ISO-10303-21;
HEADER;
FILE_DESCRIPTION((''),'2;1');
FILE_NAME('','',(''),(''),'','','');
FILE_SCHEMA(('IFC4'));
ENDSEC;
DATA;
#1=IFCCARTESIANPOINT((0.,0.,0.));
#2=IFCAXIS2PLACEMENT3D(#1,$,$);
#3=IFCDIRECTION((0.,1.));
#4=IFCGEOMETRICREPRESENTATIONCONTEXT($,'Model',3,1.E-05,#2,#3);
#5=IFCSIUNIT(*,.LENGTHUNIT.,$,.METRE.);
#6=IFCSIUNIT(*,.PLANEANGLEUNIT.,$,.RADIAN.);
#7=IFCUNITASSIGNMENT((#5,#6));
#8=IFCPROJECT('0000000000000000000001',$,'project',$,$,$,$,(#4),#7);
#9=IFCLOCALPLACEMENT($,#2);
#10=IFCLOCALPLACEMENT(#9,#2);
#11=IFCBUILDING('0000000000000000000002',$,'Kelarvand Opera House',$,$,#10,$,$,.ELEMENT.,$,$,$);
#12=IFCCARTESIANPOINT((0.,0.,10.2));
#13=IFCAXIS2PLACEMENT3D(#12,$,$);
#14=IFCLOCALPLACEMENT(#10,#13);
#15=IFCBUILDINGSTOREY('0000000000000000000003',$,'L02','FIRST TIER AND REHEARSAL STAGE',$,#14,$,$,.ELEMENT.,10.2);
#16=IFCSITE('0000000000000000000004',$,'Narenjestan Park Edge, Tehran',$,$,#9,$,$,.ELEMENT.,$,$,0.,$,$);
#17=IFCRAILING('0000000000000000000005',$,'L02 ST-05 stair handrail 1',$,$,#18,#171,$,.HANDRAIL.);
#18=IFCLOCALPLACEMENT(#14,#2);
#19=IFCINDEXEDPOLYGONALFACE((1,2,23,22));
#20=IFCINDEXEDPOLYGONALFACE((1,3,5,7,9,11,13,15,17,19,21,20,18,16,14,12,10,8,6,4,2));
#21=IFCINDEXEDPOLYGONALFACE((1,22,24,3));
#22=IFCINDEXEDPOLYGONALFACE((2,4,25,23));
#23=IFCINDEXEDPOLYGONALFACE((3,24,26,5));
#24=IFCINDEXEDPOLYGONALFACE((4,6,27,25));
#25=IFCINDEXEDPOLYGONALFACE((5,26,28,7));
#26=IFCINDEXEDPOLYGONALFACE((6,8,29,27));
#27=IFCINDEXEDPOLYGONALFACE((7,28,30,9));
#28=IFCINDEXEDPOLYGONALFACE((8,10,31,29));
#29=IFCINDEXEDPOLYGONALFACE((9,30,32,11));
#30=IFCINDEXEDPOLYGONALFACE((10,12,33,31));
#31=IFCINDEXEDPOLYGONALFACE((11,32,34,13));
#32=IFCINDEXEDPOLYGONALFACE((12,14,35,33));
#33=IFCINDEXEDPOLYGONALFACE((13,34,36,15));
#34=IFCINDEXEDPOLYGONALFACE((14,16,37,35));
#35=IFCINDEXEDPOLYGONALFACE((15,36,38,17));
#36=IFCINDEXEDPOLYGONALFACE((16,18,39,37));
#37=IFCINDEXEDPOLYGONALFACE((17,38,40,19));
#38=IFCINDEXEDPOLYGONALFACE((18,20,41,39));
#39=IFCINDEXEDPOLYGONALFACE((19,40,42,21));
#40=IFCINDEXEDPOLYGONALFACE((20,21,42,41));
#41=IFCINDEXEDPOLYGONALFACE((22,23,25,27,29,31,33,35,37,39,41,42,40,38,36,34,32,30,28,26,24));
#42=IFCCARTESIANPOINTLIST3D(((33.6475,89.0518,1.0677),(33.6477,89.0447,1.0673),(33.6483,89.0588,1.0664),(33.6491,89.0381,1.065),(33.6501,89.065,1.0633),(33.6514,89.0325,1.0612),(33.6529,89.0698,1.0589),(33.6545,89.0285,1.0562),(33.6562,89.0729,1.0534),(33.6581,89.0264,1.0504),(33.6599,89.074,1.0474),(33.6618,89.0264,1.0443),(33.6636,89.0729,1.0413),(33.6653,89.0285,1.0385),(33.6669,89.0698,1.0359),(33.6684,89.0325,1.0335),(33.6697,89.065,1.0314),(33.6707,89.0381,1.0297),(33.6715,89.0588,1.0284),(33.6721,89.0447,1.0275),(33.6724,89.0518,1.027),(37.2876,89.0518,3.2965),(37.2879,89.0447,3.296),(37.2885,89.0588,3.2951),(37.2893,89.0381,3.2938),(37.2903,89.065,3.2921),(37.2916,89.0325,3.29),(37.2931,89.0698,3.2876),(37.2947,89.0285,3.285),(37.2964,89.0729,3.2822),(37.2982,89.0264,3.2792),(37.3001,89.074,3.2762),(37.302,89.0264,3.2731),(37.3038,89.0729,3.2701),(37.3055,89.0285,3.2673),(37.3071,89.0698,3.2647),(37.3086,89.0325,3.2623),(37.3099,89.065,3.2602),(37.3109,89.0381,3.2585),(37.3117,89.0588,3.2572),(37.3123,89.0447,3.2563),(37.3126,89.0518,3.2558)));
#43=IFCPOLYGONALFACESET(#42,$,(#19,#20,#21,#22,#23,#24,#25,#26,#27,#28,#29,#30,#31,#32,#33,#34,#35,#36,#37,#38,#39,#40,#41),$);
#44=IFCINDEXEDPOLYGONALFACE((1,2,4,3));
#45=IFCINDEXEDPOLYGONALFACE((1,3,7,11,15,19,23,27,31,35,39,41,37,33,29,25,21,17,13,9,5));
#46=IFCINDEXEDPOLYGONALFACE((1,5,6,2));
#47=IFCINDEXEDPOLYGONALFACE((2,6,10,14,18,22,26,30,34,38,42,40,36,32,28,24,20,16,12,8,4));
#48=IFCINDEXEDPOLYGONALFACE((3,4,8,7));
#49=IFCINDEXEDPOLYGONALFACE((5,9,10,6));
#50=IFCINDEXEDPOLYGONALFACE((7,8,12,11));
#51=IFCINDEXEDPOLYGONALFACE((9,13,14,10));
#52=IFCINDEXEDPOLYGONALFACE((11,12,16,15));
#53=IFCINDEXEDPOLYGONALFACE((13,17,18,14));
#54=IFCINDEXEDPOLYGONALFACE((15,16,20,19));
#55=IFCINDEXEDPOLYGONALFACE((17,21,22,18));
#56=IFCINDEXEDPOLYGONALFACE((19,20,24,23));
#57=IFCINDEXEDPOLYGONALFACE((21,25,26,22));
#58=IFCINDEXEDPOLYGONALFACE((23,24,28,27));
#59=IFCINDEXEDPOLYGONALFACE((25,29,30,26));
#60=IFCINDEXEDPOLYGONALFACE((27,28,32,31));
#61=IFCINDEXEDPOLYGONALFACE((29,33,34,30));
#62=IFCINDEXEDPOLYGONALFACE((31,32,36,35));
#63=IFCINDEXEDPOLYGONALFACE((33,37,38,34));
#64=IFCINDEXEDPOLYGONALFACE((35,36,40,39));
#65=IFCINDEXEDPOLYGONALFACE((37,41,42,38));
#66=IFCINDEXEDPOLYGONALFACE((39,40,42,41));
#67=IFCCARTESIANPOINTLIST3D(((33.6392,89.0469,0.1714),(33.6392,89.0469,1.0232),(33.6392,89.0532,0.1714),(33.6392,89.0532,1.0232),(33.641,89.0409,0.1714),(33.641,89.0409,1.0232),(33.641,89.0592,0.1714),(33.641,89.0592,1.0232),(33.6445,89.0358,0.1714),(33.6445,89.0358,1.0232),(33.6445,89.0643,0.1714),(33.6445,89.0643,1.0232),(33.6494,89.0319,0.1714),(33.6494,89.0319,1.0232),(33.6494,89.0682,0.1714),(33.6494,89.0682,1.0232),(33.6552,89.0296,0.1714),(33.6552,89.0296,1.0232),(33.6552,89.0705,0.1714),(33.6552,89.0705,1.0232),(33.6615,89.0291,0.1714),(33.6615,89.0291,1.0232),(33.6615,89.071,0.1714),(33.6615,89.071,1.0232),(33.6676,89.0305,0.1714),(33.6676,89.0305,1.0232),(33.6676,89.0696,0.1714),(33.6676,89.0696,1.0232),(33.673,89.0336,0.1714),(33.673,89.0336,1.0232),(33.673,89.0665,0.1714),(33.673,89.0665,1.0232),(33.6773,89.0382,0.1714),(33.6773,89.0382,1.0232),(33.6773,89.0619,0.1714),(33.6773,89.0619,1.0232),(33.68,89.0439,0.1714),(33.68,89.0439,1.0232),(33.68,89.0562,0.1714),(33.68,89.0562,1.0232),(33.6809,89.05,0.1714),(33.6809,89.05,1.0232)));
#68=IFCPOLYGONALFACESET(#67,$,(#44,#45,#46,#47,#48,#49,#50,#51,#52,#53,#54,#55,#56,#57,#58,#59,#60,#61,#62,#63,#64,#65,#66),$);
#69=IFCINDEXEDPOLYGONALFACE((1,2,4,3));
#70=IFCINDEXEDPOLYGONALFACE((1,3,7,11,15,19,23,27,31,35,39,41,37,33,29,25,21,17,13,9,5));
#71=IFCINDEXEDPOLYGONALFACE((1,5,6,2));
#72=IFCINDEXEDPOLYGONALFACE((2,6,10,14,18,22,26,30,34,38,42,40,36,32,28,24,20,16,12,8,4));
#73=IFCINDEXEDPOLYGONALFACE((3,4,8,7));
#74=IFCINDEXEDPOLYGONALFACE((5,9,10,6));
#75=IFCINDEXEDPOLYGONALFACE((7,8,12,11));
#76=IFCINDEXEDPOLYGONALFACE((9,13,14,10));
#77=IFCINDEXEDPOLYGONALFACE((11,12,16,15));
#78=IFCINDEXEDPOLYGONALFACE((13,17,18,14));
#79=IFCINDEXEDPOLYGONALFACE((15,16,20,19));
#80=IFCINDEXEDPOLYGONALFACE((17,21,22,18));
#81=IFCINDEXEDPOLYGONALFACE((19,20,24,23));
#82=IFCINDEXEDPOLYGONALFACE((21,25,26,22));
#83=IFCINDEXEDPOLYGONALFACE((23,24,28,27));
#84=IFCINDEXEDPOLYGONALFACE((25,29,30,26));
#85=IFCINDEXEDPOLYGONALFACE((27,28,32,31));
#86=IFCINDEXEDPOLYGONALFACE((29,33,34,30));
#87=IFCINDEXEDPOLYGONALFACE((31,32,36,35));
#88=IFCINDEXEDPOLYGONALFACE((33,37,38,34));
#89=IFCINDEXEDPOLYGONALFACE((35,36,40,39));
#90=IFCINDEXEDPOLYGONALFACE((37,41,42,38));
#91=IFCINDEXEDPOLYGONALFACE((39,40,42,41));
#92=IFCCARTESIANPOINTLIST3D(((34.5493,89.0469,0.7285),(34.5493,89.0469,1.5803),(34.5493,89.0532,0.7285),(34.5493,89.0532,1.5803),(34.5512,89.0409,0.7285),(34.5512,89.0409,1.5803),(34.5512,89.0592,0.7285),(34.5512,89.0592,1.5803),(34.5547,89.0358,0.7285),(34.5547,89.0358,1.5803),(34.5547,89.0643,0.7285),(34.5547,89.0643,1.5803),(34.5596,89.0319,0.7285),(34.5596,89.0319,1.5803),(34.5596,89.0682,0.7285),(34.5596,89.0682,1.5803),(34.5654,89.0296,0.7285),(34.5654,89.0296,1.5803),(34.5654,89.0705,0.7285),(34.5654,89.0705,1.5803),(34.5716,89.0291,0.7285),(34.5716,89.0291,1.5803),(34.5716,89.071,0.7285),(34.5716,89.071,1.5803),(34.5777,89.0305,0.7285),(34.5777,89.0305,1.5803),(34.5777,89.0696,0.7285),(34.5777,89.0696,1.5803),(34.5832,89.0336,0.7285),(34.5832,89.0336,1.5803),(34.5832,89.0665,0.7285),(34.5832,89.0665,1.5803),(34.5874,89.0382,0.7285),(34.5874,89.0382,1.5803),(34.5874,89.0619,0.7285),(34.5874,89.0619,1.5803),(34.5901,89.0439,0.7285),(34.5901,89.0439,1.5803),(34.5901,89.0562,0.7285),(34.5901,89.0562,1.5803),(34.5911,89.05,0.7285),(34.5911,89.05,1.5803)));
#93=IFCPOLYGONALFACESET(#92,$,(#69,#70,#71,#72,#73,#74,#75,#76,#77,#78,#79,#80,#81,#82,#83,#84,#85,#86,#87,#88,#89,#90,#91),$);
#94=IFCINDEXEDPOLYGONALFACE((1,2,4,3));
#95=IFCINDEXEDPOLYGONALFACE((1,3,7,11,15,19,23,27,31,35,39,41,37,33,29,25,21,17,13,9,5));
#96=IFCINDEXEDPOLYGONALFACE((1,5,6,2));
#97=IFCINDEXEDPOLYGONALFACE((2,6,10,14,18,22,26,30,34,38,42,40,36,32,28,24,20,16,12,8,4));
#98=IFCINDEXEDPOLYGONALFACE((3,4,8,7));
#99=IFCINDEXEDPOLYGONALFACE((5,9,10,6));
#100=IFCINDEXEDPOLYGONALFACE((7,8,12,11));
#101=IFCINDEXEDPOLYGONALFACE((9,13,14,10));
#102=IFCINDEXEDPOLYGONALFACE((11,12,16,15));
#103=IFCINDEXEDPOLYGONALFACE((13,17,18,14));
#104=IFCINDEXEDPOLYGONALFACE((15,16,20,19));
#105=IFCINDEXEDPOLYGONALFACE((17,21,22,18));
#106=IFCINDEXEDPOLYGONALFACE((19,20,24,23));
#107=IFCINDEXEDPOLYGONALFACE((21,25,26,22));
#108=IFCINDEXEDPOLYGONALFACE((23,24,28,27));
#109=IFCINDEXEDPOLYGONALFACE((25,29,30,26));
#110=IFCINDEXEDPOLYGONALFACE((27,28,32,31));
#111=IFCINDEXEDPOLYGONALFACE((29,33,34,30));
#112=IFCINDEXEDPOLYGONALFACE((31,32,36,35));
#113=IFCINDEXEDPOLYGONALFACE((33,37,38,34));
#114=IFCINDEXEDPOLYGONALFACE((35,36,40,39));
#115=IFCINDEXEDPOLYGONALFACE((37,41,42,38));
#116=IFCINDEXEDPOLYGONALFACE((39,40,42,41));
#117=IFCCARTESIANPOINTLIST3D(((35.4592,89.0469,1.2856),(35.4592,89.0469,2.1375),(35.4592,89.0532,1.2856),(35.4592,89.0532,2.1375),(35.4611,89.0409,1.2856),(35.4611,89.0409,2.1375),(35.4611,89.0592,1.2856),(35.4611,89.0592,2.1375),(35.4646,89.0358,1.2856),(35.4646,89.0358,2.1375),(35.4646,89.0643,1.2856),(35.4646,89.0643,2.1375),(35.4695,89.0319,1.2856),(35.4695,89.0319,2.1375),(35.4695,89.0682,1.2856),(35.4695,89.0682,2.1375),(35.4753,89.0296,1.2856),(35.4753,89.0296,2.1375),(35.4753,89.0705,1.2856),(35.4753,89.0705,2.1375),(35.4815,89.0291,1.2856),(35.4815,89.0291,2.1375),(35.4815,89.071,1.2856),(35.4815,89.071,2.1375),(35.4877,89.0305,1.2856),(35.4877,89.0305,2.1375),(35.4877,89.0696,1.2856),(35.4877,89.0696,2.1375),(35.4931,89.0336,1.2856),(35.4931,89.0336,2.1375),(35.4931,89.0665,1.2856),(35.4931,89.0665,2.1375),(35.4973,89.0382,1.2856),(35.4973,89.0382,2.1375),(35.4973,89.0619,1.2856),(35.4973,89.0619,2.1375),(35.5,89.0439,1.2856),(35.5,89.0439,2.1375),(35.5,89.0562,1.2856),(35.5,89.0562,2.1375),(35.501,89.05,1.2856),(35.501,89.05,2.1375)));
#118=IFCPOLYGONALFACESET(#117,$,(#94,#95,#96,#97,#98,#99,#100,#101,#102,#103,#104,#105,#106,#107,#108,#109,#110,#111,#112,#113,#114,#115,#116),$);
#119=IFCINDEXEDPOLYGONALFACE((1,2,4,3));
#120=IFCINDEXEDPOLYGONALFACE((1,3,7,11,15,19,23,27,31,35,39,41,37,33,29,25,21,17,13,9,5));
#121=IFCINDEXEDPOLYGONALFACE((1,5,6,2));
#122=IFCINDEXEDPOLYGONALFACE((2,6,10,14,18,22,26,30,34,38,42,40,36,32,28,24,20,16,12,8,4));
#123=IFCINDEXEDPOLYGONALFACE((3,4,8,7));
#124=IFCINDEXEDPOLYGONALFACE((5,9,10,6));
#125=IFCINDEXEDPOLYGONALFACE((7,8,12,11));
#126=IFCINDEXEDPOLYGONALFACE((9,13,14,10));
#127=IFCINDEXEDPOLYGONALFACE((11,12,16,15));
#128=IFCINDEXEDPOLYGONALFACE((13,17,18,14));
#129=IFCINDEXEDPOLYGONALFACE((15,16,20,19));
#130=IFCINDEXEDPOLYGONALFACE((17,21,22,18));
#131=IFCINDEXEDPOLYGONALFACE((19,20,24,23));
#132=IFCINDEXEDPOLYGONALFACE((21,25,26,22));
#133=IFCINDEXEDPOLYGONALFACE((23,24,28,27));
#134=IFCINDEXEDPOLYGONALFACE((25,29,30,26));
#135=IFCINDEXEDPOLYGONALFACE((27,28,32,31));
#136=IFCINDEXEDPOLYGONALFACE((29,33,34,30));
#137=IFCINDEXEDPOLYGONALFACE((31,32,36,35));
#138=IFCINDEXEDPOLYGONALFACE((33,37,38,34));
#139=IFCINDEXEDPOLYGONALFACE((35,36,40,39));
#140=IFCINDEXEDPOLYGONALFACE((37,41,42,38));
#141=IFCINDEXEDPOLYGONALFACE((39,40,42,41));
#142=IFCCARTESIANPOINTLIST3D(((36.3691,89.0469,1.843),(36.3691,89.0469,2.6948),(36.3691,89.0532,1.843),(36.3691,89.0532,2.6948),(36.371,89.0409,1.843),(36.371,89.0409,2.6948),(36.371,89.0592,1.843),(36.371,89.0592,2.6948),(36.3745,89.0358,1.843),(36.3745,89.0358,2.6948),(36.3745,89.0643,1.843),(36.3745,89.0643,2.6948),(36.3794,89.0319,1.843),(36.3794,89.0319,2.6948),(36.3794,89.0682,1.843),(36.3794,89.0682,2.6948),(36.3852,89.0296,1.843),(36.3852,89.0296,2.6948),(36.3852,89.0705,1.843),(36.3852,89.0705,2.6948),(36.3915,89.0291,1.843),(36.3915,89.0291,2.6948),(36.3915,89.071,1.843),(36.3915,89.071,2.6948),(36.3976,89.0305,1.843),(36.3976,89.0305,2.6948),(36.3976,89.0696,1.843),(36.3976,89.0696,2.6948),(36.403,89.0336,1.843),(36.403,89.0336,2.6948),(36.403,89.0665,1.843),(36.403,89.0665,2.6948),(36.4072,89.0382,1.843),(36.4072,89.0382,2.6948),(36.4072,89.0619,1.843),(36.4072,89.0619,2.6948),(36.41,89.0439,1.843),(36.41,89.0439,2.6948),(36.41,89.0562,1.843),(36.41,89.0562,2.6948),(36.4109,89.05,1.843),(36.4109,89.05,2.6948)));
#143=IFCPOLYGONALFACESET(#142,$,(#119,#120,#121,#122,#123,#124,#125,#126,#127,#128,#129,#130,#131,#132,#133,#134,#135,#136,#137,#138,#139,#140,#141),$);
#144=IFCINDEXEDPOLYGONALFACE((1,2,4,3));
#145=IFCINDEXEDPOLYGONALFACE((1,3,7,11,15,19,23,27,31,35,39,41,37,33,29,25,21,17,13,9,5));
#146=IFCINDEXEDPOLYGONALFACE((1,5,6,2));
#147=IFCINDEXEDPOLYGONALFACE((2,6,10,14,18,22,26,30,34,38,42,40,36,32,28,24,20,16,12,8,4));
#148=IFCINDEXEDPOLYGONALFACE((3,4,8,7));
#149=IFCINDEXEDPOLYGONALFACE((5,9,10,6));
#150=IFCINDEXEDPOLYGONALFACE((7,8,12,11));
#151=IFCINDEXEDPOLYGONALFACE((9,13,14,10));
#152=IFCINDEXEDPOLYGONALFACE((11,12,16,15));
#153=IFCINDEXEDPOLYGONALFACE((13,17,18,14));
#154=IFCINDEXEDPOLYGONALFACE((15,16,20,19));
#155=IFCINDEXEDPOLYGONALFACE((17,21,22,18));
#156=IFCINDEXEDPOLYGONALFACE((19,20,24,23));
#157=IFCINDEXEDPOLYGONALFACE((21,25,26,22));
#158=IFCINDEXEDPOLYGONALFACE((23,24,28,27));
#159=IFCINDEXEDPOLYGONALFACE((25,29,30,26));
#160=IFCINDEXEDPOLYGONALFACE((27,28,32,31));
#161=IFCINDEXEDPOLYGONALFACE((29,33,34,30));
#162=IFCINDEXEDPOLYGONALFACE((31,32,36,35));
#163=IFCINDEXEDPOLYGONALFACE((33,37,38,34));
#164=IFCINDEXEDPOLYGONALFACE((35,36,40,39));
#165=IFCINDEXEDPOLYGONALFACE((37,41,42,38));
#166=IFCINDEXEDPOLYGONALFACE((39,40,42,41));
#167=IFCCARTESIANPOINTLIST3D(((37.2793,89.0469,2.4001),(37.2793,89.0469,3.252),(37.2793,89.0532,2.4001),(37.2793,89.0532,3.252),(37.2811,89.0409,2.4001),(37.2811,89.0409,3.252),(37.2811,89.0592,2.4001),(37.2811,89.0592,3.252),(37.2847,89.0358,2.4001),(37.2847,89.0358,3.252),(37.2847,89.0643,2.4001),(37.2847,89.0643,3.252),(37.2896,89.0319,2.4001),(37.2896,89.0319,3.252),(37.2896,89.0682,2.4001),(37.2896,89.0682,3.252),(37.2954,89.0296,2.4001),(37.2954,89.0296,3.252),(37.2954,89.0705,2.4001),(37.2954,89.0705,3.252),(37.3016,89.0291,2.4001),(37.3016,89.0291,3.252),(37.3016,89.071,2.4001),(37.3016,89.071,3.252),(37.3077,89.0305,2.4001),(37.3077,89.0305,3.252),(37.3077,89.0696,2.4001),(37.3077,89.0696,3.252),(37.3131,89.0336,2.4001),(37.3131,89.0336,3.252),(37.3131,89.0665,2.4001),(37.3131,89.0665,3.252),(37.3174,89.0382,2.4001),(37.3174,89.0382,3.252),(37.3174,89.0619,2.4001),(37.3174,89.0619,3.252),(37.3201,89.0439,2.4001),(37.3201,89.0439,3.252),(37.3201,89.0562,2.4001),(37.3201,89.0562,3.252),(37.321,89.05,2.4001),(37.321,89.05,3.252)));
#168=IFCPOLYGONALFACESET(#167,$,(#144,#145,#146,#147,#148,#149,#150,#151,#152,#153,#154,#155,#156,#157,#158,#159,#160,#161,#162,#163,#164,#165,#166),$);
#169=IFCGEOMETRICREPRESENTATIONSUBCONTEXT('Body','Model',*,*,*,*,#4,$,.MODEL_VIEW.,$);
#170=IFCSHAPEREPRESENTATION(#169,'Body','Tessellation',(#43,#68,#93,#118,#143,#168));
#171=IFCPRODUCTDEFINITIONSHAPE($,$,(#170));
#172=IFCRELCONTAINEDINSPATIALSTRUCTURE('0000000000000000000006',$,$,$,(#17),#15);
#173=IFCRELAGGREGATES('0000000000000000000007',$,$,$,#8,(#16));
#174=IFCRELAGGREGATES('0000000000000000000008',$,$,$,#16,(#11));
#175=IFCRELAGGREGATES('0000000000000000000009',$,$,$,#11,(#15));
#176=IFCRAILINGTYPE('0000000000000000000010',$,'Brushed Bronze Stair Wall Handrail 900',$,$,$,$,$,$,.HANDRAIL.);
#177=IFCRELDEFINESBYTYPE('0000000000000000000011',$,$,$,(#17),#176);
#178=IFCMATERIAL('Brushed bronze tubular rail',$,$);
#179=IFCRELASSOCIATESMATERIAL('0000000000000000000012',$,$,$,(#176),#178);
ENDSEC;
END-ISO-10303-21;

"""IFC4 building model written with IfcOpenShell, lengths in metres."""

from ifc_helpers import new_model, si_unit, direction, frame, origin, origin_2d, place, context, subcontext, project, spatial, circle, extrude, material, type_object, element, save


model = new_model("IFC4")

# Units and contexts
model_context = context("Model", 3, precision=1e-05, world=origin(), true_north=direction((0.0, 1.0)))
body_context = subcontext(model_context, "Body", "Model", "MODEL_VIEW")
ifc_project = project(units=[si_unit("LENGTHUNIT", "METRE"), si_unit("PLANEANGLEUNIT", "RADIAN")], contexts=[model_context])

# Site, building, storey
site_placement = place(None, origin())
site = spatial("IfcSite", under=ifc_project, at=site_placement, Name="Narenjestan Park Edge, Tehran", CompositionType="ELEMENT", RefElevation=0.0)
building_placement = place(site_placement, origin())
building = spatial("IfcBuilding", under=site, at=building_placement, Name="Kelarvand Opera House", CompositionType="ELEMENT")
storey_placement = place(building_placement, frame((0.0, 0.0, 10.2)))
storey = spatial("IfcBuildingStorey", under=building, at=storey_placement, Name="L02", Description="FIRST TIER AND REHEARSAL STAGE", CompositionType="ELEMENT", Elevation=10.2)

# Railing
ifc_material_1 = material(Name="Brushed bronze tubular rail")
railing_type_1 = type_object("IfcRailingType", Name="Brushed Bronze Stair Wall Handrail 900", PredefinedType="HANDRAIL", material=ifc_material_1)
railing_1_placement = place(storey_placement, frame((33.6599, 89.05, 0.1714)))
element("IfcRailing", 1, at=railing_1_placement, inside=storey, type_object=railing_type_1, Name="L02 ST-05 stair handrail 1", PredefinedType="HANDRAIL", context=body_context, shape_type="SweptSolid", body=[
    extrude(circle(Radius=0.0239, at=origin_2d()), frame((0.0, 0.0, 0.876), z_axis=(0.85284, 0.0, 0.522172), x_axis=(0.0, 1.0, 0.0)), (0.0, 0.0, 1.0), 4.2683),
    extrude(circle(Radius=0.021, at=origin_2d()), origin(), (0.0, 0.0, 1.0), 0.8518),
    extrude(circle(Radius=0.021, at=origin_2d()), frame((0.9102, 0.0, 0.5571)), (0.0, 0.0, 1.0), 0.8518),
    extrude(circle(Radius=0.021, at=origin_2d()), frame((1.8201, 0.0, 1.1143)), (0.0, 0.0, 1.0), 0.8518),
    extrude(circle(Radius=0.021, at=origin_2d()), frame((2.73, 0.0, 1.6716)), (0.0, 0.0, 1.0), 0.8518),
    extrude(circle(Radius=0.021, at=origin_2d()), frame((3.6401, 0.0, 2.2288)), (0.0, 0.0, 1.0), 0.8518),
])

save(model, "model.ifc")
